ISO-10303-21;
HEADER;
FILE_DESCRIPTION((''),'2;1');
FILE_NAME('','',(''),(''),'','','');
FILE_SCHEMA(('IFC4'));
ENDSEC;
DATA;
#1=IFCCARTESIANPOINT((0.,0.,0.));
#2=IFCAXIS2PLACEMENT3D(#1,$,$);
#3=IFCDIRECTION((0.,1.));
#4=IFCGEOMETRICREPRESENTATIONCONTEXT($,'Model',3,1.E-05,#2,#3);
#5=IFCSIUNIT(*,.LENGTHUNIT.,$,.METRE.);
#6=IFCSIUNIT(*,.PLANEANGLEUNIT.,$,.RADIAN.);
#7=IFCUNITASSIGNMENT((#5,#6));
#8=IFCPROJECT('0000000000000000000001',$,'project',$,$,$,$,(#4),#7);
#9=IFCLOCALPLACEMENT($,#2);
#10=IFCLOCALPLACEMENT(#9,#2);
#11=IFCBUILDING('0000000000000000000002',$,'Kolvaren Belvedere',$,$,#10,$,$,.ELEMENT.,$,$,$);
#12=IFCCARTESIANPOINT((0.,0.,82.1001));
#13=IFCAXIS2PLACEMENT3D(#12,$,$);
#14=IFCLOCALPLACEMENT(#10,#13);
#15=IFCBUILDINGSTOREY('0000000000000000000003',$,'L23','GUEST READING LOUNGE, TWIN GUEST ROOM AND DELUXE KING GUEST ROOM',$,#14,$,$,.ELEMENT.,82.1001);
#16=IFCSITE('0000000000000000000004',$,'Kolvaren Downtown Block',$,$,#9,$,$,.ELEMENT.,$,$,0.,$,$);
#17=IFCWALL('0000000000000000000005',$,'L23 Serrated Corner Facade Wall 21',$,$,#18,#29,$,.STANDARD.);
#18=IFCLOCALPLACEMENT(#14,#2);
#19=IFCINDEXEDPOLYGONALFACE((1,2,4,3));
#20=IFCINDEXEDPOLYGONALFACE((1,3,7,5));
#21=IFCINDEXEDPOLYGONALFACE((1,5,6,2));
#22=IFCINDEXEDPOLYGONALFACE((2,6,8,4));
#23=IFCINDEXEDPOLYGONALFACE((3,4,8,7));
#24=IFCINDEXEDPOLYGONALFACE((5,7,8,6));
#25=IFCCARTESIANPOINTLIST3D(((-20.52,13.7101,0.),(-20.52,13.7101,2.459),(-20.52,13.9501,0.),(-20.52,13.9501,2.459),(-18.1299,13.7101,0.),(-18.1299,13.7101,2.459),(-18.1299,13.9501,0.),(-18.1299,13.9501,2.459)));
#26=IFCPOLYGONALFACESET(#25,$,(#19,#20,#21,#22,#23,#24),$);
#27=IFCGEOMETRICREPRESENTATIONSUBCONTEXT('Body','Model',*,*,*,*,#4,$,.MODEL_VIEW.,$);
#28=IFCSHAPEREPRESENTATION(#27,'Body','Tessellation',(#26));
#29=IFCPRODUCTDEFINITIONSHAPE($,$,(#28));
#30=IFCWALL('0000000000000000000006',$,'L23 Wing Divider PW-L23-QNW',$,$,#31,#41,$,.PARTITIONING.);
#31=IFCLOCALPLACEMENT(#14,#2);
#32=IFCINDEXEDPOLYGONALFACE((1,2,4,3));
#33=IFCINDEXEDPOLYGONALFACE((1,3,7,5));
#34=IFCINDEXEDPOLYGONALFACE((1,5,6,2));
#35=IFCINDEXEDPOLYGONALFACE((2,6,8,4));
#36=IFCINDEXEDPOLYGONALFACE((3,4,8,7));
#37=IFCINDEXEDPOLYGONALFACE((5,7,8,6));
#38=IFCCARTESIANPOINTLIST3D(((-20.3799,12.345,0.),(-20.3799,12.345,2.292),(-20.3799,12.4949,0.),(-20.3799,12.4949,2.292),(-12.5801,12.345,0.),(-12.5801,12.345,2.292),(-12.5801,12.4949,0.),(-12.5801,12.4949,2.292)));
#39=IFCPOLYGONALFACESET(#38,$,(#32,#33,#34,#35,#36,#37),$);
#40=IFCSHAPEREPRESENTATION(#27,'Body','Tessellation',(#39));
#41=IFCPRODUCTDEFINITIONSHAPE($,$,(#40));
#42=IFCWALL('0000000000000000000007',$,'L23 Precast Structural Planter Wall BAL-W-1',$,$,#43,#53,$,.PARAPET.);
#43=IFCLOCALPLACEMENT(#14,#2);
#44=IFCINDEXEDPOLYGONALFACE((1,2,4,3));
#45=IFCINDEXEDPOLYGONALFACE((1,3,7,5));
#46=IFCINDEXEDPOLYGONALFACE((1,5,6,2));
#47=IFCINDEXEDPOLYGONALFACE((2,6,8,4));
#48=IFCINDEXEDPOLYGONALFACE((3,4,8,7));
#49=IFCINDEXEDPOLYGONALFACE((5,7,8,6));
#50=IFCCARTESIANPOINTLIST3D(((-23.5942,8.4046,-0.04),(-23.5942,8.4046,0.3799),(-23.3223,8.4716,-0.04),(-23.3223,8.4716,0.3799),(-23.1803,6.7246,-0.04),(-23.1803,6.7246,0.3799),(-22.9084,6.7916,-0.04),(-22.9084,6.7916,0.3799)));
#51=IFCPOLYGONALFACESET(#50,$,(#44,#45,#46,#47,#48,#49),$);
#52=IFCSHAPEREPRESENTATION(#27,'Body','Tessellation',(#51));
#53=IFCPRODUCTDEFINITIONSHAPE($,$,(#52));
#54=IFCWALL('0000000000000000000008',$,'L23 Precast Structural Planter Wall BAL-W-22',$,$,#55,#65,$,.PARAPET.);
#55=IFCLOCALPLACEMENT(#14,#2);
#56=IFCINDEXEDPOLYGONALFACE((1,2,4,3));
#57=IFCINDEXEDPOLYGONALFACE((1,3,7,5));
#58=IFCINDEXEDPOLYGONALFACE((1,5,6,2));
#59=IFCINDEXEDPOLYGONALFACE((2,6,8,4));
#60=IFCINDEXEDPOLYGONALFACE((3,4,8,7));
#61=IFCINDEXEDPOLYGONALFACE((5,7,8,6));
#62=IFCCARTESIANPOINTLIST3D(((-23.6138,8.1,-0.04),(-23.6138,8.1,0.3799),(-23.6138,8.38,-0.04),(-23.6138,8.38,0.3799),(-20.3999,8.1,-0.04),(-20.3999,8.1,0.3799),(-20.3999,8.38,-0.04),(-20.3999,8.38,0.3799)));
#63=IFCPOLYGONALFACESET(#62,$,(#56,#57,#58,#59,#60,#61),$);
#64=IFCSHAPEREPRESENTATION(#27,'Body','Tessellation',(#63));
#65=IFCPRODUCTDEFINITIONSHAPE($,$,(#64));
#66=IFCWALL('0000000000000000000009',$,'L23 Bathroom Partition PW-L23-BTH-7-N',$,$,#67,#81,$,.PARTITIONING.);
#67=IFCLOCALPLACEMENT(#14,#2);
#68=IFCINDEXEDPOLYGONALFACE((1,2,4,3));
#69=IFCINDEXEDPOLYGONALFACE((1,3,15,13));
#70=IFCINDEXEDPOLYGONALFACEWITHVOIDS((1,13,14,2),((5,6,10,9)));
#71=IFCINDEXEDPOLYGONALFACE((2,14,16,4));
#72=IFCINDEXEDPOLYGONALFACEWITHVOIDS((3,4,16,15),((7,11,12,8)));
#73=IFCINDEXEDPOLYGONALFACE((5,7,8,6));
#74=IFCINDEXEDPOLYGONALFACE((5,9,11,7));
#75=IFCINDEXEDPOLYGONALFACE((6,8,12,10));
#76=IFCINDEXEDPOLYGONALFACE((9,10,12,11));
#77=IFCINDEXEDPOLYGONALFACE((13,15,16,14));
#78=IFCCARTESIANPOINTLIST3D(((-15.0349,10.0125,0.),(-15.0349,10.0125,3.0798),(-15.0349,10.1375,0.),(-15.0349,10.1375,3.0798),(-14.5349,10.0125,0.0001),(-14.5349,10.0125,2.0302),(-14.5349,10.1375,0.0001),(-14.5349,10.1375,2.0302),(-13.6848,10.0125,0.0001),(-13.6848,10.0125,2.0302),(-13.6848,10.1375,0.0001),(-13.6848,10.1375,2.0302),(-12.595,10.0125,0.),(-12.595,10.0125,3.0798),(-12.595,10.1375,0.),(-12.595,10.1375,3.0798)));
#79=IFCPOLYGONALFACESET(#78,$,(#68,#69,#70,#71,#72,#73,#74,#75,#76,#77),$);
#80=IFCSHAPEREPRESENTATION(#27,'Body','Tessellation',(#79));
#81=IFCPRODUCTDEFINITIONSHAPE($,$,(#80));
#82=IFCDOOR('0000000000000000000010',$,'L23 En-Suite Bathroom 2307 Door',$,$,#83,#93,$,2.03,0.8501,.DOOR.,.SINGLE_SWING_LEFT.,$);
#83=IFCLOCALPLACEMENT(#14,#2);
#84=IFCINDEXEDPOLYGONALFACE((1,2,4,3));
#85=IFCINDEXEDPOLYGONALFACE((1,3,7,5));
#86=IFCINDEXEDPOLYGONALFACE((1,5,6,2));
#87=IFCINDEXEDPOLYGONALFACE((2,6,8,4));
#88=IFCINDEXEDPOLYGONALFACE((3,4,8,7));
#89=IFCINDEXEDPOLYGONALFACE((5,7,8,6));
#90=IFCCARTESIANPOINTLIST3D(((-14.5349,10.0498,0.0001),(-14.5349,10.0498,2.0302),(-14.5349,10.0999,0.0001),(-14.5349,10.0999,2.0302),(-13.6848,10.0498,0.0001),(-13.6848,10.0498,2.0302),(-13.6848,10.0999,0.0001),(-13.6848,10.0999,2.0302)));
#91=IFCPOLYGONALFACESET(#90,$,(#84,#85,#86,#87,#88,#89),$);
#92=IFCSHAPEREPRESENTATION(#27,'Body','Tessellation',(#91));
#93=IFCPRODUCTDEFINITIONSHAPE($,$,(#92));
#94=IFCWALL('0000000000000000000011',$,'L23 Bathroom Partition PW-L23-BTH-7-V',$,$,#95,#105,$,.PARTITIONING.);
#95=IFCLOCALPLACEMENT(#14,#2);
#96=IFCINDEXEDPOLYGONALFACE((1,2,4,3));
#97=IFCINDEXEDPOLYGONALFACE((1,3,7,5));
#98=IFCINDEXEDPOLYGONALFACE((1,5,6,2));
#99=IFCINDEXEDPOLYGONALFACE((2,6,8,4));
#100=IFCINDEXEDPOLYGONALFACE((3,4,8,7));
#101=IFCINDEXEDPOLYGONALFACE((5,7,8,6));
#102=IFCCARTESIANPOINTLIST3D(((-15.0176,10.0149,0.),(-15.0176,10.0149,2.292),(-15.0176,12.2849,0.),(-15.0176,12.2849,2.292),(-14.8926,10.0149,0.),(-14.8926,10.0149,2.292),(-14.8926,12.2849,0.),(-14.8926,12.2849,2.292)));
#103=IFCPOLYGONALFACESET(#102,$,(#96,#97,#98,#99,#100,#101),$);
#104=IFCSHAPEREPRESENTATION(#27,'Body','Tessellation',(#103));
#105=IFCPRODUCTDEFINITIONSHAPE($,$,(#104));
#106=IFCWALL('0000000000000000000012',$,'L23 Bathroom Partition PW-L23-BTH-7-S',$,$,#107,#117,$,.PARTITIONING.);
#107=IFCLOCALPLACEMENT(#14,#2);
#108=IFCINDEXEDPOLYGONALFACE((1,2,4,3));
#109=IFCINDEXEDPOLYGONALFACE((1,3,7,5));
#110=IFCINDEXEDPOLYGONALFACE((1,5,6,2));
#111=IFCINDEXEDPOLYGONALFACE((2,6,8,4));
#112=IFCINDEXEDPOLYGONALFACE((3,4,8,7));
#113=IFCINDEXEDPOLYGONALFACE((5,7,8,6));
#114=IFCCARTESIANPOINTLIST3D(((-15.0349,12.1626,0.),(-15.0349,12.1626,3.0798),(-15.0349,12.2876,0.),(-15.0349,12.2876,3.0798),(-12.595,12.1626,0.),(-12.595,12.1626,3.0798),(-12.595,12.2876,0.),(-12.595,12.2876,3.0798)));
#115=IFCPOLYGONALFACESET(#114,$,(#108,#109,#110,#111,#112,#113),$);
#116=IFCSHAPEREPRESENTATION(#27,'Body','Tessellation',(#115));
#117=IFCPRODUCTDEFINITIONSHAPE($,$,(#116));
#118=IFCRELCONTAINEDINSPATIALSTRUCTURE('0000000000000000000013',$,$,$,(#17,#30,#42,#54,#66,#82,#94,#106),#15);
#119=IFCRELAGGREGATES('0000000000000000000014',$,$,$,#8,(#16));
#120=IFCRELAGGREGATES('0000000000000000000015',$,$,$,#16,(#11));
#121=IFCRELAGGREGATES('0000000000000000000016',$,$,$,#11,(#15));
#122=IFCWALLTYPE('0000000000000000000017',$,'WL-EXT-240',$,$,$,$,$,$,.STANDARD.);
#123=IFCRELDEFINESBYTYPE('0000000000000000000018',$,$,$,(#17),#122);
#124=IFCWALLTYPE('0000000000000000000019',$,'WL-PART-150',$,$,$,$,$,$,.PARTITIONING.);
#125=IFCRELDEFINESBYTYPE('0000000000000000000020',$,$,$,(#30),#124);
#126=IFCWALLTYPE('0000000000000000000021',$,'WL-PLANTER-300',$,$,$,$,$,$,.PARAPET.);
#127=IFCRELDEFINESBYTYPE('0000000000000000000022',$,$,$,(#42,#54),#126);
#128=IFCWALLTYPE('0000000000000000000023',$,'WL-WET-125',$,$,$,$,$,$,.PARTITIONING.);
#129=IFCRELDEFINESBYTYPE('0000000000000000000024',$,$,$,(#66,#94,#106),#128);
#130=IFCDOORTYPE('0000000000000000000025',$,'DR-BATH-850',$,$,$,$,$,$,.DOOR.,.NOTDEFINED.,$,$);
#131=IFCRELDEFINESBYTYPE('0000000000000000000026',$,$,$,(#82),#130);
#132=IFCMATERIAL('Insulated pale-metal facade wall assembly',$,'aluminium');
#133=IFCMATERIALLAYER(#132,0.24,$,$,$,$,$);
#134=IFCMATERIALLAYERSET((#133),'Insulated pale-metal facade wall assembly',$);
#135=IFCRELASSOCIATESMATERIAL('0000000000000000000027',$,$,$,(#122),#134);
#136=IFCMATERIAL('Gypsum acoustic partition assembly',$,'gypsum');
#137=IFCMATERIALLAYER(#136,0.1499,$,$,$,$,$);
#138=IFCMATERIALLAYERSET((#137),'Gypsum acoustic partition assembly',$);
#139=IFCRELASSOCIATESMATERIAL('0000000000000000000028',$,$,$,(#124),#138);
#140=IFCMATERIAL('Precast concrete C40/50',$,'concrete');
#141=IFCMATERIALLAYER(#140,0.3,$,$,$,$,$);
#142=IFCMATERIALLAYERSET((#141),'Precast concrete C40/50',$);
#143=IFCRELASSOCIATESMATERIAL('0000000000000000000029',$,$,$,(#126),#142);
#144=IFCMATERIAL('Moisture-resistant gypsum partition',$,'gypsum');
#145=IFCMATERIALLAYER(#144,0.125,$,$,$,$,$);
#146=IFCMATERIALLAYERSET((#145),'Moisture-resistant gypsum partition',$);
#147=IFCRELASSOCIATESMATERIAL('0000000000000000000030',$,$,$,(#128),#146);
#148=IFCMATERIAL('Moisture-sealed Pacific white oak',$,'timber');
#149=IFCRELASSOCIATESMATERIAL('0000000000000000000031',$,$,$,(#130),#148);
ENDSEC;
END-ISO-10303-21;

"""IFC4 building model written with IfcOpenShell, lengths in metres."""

from ifc_helpers import new_model, si_unit, direction, frame, frame_2d, origin, place, context, subcontext, project, spatial, rectangle, extrude, material, layer, layer_set, type_object, element, fill, save


model = new_model("IFC4")

# Units and contexts
model_context = context("Model", 3, precision=1e-05, world=origin(), true_north=direction((0.0, 1.0)))
body_context = subcontext(model_context, "Body", "Model", "MODEL_VIEW")
ifc_project = project(units=[si_unit("LENGTHUNIT", "METRE"), si_unit("PLANEANGLEUNIT", "RADIAN")], contexts=[model_context])

# Site, building, storey
site_placement = place(None, origin())
site = spatial("IfcSite", under=ifc_project, at=site_placement, Name="Kolvaren Downtown Block", CompositionType="ELEMENT", RefElevation=0.0)
building_placement = place(site_placement, origin())
building = spatial("IfcBuilding", under=site, at=building_placement, Name="Kolvaren Belvedere", CompositionType="ELEMENT")
storey_placement = place(building_placement, frame((0.0, 0.0, 82.1001)))
storey = spatial("IfcBuildingStorey", under=building, at=storey_placement, Name="L23", Description="GUEST READING LOUNGE, TWIN GUEST ROOM AND DELUXE KING GUEST ROOM", CompositionType="ELEMENT", Elevation=82.1001)

# Shared definitions
ifc_material_1 = material(Name="Insulated pale-metal facade wall assembly", Category="aluminium")
ifc_layer_1 = layer(ifc_material_1, 0.24)
ifc_layer_set_1 = layer_set([ifc_layer_1], Name="Insulated pale-metal facade wall assembly")
wall_type_1 = type_object("IfcWallType", Name="WL-EXT-240", PredefinedType="STANDARD", material=ifc_layer_set_1)

# Walls
wall_1_placement = place(storey_placement, frame((-20.52, 13.8301, 0.0), z_axis=(0.0, 0.0, 1.0), x_axis=(1.0, 0.0, 0.0)))
element("IfcWall", 1, at=wall_1_placement, inside=storey, type_object=wall_type_1, Name="L23 Serrated Corner Facade Wall 21", PredefinedType="STANDARD", context=body_context, shape_type="SweptSolid", body=[
    extrude(rectangle(XDim=2.3901, YDim=0.24, at=frame_2d((1.1951, 0.0))), origin(), (0.0, 0.0, 1.0), 2.459),
])
ifc_material_2 = material(Name="Gypsum acoustic partition assembly", Category="gypsum")
ifc_layer_2 = layer(ifc_material_2, 0.1499)
ifc_layer_set_2 = layer_set([ifc_layer_2], Name="Gypsum acoustic partition assembly")
wall_type_2 = type_object("IfcWallType", Name="WL-PART-150", PredefinedType="PARTITIONING", material=ifc_layer_set_2)
wall_2_placement = place(storey_placement, frame((-20.3799, 12.4199, 0.0), z_axis=(0.0, 0.0, 1.0), x_axis=(1.0, 0.0, 0.0)))
element("IfcWall", 2, at=wall_2_placement, inside=storey, type_object=wall_type_2, Name="L23 Wing Divider PW-L23-QNW", PredefinedType="PARTITIONING", context=body_context, shape_type="SweptSolid", body=[
    extrude(rectangle(XDim=7.7998, YDim=0.1499, at=frame_2d((3.8999, 0.0))), origin(), (0.0, 0.0, 1.0), 2.292),
])
ifc_material_3 = material(Name="Precast concrete C40/50", Category="concrete")
ifc_layer_3 = layer(ifc_material_3, 0.3)
ifc_layer_set_3 = layer_set([ifc_layer_3], Name="Precast concrete C40/50")
wall_type_3 = type_object("IfcWallType", Name="WL-PLANTER-300", PredefinedType="PARAPET", material=ifc_layer_set_3)
wall_3_placement = place(storey_placement, frame((-23.4583, 8.4382, -0.04), z_axis=(0.0, 0.0, 1.0), x_axis=(0.239181, -0.970975, 0.0)))
element("IfcWall", 3, at=wall_3_placement, inside=storey, type_object=wall_type_3, Name="L23 Precast Structural Planter Wall BAL-W-1", PredefinedType="PARAPET", context=body_context, shape_type="SweptSolid", body=[
    extrude(rectangle(XDim=1.7302, YDim=0.28, at=frame_2d((0.8652, 0.0))), origin(), (0.0, 0.0, 1.0), 0.4199),
])
wall_4_placement = place(storey_placement, frame((-20.3999, 8.24, -0.04), z_axis=(0.0, 0.0, 1.0), x_axis=(-1.0, 0.0, 0.0)))
element("IfcWall", 4, at=wall_4_placement, inside=storey, type_object=wall_type_3, Name="L23 Precast Structural Planter Wall BAL-W-22", PredefinedType="PARAPET", context=body_context, shape_type="SweptSolid", body=[
    extrude(rectangle(XDim=3.2139, YDim=0.28, at=frame_2d((1.6069, 0.0))), origin(), (0.0, 0.0, 1.0), 0.4199),
])

# Wall, opening, door
ifc_material_4 = material(Name="Moisture-resistant gypsum partition", Category="gypsum")
ifc_layer_4 = layer(ifc_material_4, 0.125)
ifc_layer_set_4 = layer_set([ifc_layer_4], Name="Moisture-resistant gypsum partition")
wall_type_4 = type_object("IfcWallType", Name="WL-WET-125", PredefinedType="PARTITIONING", material=ifc_layer_set_4)
wall_5_placement = place(storey_placement, frame((-15.0349, 10.075, 0.0), z_axis=(0.0, 0.0, 1.0), x_axis=(1.0, 0.0, 0.0)))
wall_5 = element("IfcWall", 5, at=wall_5_placement, inside=storey, type_object=wall_type_4, Name="L23 Bathroom Partition PW-L23-BTH-7-N", PredefinedType="PARTITIONING", context=body_context, shape_type="SweptSolid", body=[
    extrude(rectangle(XDim=2.4399, YDim=0.125, at=frame_2d((1.22, 0.0))), origin(), (0.0, 0.0, 1.0), 3.0798),
])
opening_1_placement = place(wall_5_placement, frame((0.5, 0.0, 0.0)))
opening_1 = element("IfcOpeningElement", 6, at=opening_1_placement, cuts=wall_5, PredefinedType="OPENING", context=body_context, shape_type="SweptSolid", body=[
    extrude(rectangle(XDim=0.8501, YDim=2.03, at=frame_2d((0.425, 1.0151))), frame((0.0, 0.0725, 0.0), z_axis=(0.0, -1.0, 0.0), x_axis=(1.0, 0.0, 0.0)), (0.0, 0.0, 1.0), 0.145),
])
ifc_material_5 = material(Name="Moisture-sealed Pacific white oak", Category="timber")
door_type = type_object("IfcDoorType", Name="DR-BATH-850", OperationType="NOTDEFINED", PredefinedType="DOOR", material=ifc_material_5)
door_placement = place(opening_1_placement, origin())
door = element("IfcDoor", 7, at=door_placement, inside=storey, type_object=door_type, Name="L23 En-Suite Bathroom 2307 Door", OperationType="SINGLE_SWING_LEFT", OverallHeight=2.03, OverallWidth=0.8501, PredefinedType="DOOR", context=body_context, shape_type="SweptSolid", body=[
    extrude(rectangle(XDim=0.8501, YDim=2.03, at=frame_2d((0.425, 1.0151))), frame((0.0, 0.0249, 0.0), z_axis=(0.0, -1.0, 0.0), x_axis=(1.0, 0.0, 0.0)), (0.0, 0.0, 1.0), 0.05),
])
fill(opening_1, door)

# Walls
wall_6_placement = place(storey_placement, frame((-14.9551, 10.0149, 0.0), z_axis=(0.0, 0.0, 1.0), x_axis=(0.0, 1.0, 0.0)))
element("IfcWall", 8, at=wall_6_placement, inside=storey, type_object=wall_type_4, Name="L23 Bathroom Partition PW-L23-BTH-7-V", PredefinedType="PARTITIONING", context=body_context, shape_type="SweptSolid", body=[
    extrude(rectangle(XDim=2.27, YDim=0.125, at=frame_2d((1.135, 0.0))), origin(), (0.0, 0.0, 1.0), 2.292),
])
wall_7_placement = place(storey_placement, frame((-15.0349, 12.2251, 0.0), z_axis=(0.0, 0.0, 1.0), x_axis=(1.0, 0.0, 0.0)))
element("IfcWall", 9, at=wall_7_placement, inside=storey, type_object=wall_type_4, Name="L23 Bathroom Partition PW-L23-BTH-7-S", PredefinedType="PARTITIONING", context=body_context, shape_type="SweptSolid", body=[
    extrude(rectangle(XDim=2.4399, YDim=0.125, at=frame_2d((1.22, 0.0))), origin(), (0.0, 0.0, 1.0), 3.0798),
])

save(model, "model.ifc")
